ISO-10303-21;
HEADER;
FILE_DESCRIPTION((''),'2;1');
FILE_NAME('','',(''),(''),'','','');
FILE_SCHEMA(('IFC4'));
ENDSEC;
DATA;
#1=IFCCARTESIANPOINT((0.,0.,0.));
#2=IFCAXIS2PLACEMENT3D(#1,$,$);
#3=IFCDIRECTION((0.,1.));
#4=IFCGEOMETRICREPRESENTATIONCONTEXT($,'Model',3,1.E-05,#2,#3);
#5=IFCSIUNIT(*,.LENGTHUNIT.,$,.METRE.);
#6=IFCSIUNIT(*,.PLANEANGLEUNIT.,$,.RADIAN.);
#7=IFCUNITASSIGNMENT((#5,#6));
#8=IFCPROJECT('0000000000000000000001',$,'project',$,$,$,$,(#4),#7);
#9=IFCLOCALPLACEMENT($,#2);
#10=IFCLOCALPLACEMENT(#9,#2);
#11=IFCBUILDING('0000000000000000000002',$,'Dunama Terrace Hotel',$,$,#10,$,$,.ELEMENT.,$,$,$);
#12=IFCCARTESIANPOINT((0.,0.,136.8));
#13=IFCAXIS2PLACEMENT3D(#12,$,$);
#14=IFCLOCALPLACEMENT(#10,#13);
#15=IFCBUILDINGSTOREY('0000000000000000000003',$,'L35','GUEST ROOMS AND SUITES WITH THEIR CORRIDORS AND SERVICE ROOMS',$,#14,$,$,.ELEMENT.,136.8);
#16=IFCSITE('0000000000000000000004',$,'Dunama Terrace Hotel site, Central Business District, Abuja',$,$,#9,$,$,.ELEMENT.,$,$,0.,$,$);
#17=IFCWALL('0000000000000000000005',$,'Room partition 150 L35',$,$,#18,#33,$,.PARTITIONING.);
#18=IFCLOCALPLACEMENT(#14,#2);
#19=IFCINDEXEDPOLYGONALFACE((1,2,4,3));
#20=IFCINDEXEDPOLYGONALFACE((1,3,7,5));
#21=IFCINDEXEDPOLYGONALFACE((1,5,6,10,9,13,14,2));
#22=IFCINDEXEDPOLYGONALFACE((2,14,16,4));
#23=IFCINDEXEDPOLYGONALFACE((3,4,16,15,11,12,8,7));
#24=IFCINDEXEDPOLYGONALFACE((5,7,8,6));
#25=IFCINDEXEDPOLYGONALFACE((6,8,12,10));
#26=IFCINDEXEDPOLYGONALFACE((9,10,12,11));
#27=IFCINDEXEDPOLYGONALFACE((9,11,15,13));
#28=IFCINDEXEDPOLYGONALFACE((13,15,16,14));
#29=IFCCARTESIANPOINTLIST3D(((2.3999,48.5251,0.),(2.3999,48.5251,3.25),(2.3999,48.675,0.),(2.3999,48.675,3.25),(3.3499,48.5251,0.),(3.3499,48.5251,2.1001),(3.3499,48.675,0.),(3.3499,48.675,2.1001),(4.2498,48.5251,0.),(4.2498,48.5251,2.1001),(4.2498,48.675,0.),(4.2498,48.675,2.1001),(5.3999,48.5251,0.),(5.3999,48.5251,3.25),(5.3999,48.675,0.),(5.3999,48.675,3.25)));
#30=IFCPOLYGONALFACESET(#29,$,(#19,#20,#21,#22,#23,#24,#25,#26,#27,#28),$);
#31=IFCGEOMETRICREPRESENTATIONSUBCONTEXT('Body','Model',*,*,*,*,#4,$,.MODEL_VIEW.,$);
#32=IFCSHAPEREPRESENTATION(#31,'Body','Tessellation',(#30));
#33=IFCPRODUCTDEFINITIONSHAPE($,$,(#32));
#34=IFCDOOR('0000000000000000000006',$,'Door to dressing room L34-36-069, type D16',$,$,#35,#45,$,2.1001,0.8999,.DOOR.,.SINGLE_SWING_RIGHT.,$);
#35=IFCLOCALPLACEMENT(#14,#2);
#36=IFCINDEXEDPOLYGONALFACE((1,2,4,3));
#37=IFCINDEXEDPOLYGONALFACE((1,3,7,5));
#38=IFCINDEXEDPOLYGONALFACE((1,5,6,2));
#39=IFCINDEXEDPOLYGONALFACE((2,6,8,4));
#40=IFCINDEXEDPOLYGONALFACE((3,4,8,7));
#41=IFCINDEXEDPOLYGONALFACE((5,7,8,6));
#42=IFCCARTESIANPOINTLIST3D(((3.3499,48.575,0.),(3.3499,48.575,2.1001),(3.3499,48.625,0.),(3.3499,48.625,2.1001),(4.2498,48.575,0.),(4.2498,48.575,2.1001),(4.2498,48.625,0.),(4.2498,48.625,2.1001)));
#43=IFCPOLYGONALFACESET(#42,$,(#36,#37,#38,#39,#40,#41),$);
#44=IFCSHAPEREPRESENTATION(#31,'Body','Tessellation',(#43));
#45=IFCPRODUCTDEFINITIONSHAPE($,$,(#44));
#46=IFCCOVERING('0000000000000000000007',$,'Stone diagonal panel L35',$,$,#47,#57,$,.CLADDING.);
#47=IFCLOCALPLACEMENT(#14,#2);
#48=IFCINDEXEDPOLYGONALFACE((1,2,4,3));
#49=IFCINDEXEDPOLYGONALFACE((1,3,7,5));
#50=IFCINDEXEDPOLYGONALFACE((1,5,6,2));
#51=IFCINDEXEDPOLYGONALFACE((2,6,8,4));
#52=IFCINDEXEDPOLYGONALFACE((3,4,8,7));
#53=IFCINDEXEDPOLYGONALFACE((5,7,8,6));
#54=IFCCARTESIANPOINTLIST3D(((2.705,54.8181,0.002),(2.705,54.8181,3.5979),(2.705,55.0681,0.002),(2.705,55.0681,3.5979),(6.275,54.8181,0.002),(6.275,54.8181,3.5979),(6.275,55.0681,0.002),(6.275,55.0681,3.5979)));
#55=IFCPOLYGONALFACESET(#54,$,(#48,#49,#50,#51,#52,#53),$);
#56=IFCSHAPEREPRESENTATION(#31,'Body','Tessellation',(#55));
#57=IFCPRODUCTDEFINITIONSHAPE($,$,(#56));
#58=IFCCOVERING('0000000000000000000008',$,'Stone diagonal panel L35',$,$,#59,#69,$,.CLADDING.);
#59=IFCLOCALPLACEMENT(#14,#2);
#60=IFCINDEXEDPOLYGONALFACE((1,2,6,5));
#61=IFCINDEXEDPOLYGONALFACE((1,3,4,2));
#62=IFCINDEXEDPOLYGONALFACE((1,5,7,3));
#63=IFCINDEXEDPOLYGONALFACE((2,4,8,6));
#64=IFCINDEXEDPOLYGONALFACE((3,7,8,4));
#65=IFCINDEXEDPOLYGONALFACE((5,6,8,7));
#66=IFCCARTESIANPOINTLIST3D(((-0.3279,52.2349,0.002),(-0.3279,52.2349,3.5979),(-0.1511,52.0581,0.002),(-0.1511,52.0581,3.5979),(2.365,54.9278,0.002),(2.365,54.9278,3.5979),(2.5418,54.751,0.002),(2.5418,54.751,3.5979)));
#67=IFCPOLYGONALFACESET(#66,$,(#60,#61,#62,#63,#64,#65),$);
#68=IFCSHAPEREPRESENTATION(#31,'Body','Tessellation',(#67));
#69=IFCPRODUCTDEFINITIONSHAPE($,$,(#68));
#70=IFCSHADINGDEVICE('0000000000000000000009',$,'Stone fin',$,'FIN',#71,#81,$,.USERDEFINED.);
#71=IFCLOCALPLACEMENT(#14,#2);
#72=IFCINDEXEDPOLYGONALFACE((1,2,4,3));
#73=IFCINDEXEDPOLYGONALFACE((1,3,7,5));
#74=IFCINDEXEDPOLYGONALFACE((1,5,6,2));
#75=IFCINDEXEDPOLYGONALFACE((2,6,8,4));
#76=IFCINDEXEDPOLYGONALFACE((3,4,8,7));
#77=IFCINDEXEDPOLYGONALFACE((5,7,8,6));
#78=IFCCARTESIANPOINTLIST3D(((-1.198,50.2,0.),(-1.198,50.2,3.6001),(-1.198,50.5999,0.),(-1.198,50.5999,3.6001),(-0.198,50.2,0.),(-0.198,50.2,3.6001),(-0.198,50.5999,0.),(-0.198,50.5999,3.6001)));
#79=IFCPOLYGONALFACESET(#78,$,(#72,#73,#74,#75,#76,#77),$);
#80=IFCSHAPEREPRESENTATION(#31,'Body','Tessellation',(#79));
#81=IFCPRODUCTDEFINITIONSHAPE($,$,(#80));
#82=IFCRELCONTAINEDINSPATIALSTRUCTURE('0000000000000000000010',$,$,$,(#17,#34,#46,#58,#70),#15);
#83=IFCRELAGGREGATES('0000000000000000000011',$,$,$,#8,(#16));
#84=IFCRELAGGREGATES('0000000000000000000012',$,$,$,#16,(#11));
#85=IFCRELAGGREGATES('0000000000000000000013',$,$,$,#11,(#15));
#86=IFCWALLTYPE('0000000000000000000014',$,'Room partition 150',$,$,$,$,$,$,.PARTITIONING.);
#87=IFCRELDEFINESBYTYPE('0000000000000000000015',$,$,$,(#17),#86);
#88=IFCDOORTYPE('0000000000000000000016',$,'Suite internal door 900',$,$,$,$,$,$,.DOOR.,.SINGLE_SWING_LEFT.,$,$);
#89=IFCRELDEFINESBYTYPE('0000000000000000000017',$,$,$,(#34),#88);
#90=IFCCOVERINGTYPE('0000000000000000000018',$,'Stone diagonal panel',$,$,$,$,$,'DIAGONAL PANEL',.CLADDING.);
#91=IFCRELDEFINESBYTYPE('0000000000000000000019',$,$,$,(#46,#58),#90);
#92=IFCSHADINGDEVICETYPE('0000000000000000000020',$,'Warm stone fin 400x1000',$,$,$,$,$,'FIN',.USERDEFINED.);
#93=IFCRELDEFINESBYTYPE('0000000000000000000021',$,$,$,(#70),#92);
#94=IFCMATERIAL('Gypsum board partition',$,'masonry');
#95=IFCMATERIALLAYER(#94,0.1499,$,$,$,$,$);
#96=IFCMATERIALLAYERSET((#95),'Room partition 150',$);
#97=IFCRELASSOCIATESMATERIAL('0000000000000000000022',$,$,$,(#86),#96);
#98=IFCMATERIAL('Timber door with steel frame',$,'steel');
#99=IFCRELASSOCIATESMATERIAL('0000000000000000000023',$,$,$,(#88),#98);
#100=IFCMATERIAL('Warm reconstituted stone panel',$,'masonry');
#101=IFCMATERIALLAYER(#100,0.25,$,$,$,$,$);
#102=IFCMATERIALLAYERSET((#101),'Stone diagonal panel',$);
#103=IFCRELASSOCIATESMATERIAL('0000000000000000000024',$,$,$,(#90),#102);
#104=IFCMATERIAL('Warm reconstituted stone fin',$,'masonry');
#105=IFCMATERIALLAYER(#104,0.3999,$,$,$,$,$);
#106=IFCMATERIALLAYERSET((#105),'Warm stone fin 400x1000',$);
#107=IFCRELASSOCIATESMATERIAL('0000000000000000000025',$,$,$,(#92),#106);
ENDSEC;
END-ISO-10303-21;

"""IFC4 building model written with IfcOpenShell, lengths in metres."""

from ifc_helpers import new_model, si_unit, direction, frame, frame_2d, origin, origin_2d, place, context, subcontext, project, spatial, rectangle, extrude, material, layer, layer_set, type_object, element, fill, save


model = new_model("IFC4")

# Units and contexts
model_context = context("Model", 3, precision=1e-05, world=origin(), true_north=direction((0.0, 1.0)))
body_context = subcontext(model_context, "Body", "Model", "MODEL_VIEW")
ifc_project = project(units=[si_unit("LENGTHUNIT", "METRE"), si_unit("PLANEANGLEUNIT", "RADIAN")], contexts=[model_context])

# Site, building, storey
site_placement = place(None, origin())
site = spatial("IfcSite", under=ifc_project, at=site_placement, Name="Dunama Terrace Hotel site, Central Business District, Abuja", CompositionType="ELEMENT", RefElevation=0.0)
building_placement = place(site_placement, origin())
building = spatial("IfcBuilding", under=site, at=building_placement, Name="Dunama Terrace Hotel", CompositionType="ELEMENT")
storey_placement = place(building_placement, frame((0.0, 0.0, 136.8)))
storey = spatial("IfcBuildingStorey", under=building, at=storey_placement, Name="L35", Description="GUEST ROOMS AND SUITES WITH THEIR CORRIDORS AND SERVICE ROOMS", CompositionType="ELEMENT", Elevation=136.8)

# Shared definitions
ifc_material_1 = material(Name="Gypsum board partition", Category="masonry")
ifc_layer_1 = layer(ifc_material_1, 0.1499)
ifc_layer_set_1 = layer_set([ifc_layer_1], Name="Room partition 150")
wall_type_1 = type_object("IfcWallType", Name="Room partition 150", PredefinedType="PARTITIONING", material=ifc_layer_set_1)

# Wall, opening, door
ifc_material_2 = material(Name="Timber door with steel frame", Category="steel")
door_type_1 = type_object("IfcDoorType", Name="Suite internal door 900", OperationType="SINGLE_SWING_LEFT", PredefinedType="DOOR", material=ifc_material_2)
wall_1_placement = place(storey_placement, frame((2.3999, 48.6001, 0.0), z_axis=(0.0, 0.0, 1.0), x_axis=(1.0, 0.0, 0.0)))
wall_1 = element("IfcWall", 1, at=wall_1_placement, inside=storey, type_object=wall_type_1, Name="Room partition 150 L35", PredefinedType="PARTITIONING", context=body_context, shape_type="SweptSolid", body=[
    extrude(rectangle(XDim=3.0, YDim=0.1499, at=frame_2d((1.5, 0.0))), origin(), (0.0, 0.0, 1.0), 3.25),
])
opening_1_placement = place(wall_1_placement, frame((0.95, 0.0, 0.0)))
opening_1 = element("IfcOpeningElement", 2, at=opening_1_placement, cuts=wall_1, PredefinedType="OPENING", context=body_context, shape_type="SweptSolid", body=[
    extrude(rectangle(XDim=0.8999, YDim=2.1001, at=frame_2d((0.45, 1.05))), frame((0.0, 0.085, 0.0), z_axis=(0.0, -1.0, 0.0), x_axis=(1.0, 0.0, 0.0)), (0.0, 0.0, 1.0), 0.1699),
])
door_1_placement = place(opening_1_placement, frame((0.8999, 0.0, 0.0), z_axis=(0.0, 0.0, 1.0), x_axis=(-1.0, 0.0, 0.0)))
door_1 = element("IfcDoor", 3, at=door_1_placement, inside=storey, type_object=door_type_1, Name="Door to dressing room L34-36-069, type D16", OperationType="SINGLE_SWING_RIGHT", OverallHeight=2.1001, OverallWidth=0.8999, PredefinedType="DOOR", context=body_context, shape_type="SweptSolid", body=[
    extrude(rectangle(XDim=0.8999, YDim=2.1001, at=frame_2d((0.45, 1.05))), frame((0.0, 0.0251, 0.0), z_axis=(0.0, -1.0, 0.0), x_axis=(1.0, 0.0, 0.0)), (0.0, 0.0, 1.0), 0.05),
])
fill(opening_1, door_1)

# Coverings
ifc_material_3 = material(Name="Warm reconstituted stone panel", Category="masonry")
ifc_layer_2 = layer(ifc_material_3, 0.25)
ifc_layer_set_2 = layer_set([ifc_layer_2], Name="Stone diagonal panel")
covering_type = type_object("IfcCoveringType", Name="Stone diagonal panel", ElementType="DIAGONAL PANEL", PredefinedType="CLADDING", material=ifc_layer_set_2)
covering_1_placement = place(storey_placement, frame((4.49, 54.9431, 0.002), z_axis=(0.0, 0.0, 1.0), x_axis=(-1.0, 0.0, 0.0)))
element("IfcCovering", 4, at=covering_1_placement, inside=storey, type_object=covering_type, Name="Stone diagonal panel L35", PredefinedType="CLADDING", context=body_context, shape_type="SweptSolid", body=[
    extrude(rectangle(XDim=3.5701, YDim=0.25, at=origin_2d()), origin(), (0.0, 0.0, 1.0), 3.5959),
])
covering_2_placement = place(storey_placement, frame((1.1069, 53.4929, 0.002), z_axis=(0.0, 0.0, 1.0), x_axis=(-0.707107, -0.707107, 0.0)))
element("IfcCovering", 5, at=covering_2_placement, inside=storey, type_object=covering_type, Name="Stone diagonal panel L35", PredefinedType="CLADDING", context=body_context, shape_type="SweptSolid", body=[
    extrude(rectangle(XDim=3.8083, YDim=0.25, at=origin_2d()), origin(), (0.0, 0.0, 1.0), 3.5959),
])

# Shading device
ifc_material_4 = material(Name="Warm reconstituted stone fin", Category="masonry")
ifc_layer_3 = layer(ifc_material_4, 0.3999)
ifc_layer_set_3 = layer_set([ifc_layer_3], Name="Warm stone fin 400x1000")
shading_device_type = type_object("IfcShadingDeviceType", Name="Warm stone fin 400x1000", ElementType="FIN", PredefinedType="USERDEFINED", material=ifc_layer_set_3)
shading_device_placement = place(storey_placement, frame((-0.698, 50.3999, 0.0), z_axis=(0.0, 0.0, 1.0), x_axis=(0.0, -1.0, 0.0)))
element("IfcShadingDevice", 6, at=shading_device_placement, inside=storey, type_object=shading_device_type, Name="Stone fin", ObjectType="FIN", PredefinedType="USERDEFINED", context=body_context, shape_type="SweptSolid", body=[
    extrude(rectangle(XDim=0.3999, YDim=1.0, at=origin_2d()), origin(), (0.0, 0.0, 1.0), 3.6001),
])

save(model, "model.ifc")
